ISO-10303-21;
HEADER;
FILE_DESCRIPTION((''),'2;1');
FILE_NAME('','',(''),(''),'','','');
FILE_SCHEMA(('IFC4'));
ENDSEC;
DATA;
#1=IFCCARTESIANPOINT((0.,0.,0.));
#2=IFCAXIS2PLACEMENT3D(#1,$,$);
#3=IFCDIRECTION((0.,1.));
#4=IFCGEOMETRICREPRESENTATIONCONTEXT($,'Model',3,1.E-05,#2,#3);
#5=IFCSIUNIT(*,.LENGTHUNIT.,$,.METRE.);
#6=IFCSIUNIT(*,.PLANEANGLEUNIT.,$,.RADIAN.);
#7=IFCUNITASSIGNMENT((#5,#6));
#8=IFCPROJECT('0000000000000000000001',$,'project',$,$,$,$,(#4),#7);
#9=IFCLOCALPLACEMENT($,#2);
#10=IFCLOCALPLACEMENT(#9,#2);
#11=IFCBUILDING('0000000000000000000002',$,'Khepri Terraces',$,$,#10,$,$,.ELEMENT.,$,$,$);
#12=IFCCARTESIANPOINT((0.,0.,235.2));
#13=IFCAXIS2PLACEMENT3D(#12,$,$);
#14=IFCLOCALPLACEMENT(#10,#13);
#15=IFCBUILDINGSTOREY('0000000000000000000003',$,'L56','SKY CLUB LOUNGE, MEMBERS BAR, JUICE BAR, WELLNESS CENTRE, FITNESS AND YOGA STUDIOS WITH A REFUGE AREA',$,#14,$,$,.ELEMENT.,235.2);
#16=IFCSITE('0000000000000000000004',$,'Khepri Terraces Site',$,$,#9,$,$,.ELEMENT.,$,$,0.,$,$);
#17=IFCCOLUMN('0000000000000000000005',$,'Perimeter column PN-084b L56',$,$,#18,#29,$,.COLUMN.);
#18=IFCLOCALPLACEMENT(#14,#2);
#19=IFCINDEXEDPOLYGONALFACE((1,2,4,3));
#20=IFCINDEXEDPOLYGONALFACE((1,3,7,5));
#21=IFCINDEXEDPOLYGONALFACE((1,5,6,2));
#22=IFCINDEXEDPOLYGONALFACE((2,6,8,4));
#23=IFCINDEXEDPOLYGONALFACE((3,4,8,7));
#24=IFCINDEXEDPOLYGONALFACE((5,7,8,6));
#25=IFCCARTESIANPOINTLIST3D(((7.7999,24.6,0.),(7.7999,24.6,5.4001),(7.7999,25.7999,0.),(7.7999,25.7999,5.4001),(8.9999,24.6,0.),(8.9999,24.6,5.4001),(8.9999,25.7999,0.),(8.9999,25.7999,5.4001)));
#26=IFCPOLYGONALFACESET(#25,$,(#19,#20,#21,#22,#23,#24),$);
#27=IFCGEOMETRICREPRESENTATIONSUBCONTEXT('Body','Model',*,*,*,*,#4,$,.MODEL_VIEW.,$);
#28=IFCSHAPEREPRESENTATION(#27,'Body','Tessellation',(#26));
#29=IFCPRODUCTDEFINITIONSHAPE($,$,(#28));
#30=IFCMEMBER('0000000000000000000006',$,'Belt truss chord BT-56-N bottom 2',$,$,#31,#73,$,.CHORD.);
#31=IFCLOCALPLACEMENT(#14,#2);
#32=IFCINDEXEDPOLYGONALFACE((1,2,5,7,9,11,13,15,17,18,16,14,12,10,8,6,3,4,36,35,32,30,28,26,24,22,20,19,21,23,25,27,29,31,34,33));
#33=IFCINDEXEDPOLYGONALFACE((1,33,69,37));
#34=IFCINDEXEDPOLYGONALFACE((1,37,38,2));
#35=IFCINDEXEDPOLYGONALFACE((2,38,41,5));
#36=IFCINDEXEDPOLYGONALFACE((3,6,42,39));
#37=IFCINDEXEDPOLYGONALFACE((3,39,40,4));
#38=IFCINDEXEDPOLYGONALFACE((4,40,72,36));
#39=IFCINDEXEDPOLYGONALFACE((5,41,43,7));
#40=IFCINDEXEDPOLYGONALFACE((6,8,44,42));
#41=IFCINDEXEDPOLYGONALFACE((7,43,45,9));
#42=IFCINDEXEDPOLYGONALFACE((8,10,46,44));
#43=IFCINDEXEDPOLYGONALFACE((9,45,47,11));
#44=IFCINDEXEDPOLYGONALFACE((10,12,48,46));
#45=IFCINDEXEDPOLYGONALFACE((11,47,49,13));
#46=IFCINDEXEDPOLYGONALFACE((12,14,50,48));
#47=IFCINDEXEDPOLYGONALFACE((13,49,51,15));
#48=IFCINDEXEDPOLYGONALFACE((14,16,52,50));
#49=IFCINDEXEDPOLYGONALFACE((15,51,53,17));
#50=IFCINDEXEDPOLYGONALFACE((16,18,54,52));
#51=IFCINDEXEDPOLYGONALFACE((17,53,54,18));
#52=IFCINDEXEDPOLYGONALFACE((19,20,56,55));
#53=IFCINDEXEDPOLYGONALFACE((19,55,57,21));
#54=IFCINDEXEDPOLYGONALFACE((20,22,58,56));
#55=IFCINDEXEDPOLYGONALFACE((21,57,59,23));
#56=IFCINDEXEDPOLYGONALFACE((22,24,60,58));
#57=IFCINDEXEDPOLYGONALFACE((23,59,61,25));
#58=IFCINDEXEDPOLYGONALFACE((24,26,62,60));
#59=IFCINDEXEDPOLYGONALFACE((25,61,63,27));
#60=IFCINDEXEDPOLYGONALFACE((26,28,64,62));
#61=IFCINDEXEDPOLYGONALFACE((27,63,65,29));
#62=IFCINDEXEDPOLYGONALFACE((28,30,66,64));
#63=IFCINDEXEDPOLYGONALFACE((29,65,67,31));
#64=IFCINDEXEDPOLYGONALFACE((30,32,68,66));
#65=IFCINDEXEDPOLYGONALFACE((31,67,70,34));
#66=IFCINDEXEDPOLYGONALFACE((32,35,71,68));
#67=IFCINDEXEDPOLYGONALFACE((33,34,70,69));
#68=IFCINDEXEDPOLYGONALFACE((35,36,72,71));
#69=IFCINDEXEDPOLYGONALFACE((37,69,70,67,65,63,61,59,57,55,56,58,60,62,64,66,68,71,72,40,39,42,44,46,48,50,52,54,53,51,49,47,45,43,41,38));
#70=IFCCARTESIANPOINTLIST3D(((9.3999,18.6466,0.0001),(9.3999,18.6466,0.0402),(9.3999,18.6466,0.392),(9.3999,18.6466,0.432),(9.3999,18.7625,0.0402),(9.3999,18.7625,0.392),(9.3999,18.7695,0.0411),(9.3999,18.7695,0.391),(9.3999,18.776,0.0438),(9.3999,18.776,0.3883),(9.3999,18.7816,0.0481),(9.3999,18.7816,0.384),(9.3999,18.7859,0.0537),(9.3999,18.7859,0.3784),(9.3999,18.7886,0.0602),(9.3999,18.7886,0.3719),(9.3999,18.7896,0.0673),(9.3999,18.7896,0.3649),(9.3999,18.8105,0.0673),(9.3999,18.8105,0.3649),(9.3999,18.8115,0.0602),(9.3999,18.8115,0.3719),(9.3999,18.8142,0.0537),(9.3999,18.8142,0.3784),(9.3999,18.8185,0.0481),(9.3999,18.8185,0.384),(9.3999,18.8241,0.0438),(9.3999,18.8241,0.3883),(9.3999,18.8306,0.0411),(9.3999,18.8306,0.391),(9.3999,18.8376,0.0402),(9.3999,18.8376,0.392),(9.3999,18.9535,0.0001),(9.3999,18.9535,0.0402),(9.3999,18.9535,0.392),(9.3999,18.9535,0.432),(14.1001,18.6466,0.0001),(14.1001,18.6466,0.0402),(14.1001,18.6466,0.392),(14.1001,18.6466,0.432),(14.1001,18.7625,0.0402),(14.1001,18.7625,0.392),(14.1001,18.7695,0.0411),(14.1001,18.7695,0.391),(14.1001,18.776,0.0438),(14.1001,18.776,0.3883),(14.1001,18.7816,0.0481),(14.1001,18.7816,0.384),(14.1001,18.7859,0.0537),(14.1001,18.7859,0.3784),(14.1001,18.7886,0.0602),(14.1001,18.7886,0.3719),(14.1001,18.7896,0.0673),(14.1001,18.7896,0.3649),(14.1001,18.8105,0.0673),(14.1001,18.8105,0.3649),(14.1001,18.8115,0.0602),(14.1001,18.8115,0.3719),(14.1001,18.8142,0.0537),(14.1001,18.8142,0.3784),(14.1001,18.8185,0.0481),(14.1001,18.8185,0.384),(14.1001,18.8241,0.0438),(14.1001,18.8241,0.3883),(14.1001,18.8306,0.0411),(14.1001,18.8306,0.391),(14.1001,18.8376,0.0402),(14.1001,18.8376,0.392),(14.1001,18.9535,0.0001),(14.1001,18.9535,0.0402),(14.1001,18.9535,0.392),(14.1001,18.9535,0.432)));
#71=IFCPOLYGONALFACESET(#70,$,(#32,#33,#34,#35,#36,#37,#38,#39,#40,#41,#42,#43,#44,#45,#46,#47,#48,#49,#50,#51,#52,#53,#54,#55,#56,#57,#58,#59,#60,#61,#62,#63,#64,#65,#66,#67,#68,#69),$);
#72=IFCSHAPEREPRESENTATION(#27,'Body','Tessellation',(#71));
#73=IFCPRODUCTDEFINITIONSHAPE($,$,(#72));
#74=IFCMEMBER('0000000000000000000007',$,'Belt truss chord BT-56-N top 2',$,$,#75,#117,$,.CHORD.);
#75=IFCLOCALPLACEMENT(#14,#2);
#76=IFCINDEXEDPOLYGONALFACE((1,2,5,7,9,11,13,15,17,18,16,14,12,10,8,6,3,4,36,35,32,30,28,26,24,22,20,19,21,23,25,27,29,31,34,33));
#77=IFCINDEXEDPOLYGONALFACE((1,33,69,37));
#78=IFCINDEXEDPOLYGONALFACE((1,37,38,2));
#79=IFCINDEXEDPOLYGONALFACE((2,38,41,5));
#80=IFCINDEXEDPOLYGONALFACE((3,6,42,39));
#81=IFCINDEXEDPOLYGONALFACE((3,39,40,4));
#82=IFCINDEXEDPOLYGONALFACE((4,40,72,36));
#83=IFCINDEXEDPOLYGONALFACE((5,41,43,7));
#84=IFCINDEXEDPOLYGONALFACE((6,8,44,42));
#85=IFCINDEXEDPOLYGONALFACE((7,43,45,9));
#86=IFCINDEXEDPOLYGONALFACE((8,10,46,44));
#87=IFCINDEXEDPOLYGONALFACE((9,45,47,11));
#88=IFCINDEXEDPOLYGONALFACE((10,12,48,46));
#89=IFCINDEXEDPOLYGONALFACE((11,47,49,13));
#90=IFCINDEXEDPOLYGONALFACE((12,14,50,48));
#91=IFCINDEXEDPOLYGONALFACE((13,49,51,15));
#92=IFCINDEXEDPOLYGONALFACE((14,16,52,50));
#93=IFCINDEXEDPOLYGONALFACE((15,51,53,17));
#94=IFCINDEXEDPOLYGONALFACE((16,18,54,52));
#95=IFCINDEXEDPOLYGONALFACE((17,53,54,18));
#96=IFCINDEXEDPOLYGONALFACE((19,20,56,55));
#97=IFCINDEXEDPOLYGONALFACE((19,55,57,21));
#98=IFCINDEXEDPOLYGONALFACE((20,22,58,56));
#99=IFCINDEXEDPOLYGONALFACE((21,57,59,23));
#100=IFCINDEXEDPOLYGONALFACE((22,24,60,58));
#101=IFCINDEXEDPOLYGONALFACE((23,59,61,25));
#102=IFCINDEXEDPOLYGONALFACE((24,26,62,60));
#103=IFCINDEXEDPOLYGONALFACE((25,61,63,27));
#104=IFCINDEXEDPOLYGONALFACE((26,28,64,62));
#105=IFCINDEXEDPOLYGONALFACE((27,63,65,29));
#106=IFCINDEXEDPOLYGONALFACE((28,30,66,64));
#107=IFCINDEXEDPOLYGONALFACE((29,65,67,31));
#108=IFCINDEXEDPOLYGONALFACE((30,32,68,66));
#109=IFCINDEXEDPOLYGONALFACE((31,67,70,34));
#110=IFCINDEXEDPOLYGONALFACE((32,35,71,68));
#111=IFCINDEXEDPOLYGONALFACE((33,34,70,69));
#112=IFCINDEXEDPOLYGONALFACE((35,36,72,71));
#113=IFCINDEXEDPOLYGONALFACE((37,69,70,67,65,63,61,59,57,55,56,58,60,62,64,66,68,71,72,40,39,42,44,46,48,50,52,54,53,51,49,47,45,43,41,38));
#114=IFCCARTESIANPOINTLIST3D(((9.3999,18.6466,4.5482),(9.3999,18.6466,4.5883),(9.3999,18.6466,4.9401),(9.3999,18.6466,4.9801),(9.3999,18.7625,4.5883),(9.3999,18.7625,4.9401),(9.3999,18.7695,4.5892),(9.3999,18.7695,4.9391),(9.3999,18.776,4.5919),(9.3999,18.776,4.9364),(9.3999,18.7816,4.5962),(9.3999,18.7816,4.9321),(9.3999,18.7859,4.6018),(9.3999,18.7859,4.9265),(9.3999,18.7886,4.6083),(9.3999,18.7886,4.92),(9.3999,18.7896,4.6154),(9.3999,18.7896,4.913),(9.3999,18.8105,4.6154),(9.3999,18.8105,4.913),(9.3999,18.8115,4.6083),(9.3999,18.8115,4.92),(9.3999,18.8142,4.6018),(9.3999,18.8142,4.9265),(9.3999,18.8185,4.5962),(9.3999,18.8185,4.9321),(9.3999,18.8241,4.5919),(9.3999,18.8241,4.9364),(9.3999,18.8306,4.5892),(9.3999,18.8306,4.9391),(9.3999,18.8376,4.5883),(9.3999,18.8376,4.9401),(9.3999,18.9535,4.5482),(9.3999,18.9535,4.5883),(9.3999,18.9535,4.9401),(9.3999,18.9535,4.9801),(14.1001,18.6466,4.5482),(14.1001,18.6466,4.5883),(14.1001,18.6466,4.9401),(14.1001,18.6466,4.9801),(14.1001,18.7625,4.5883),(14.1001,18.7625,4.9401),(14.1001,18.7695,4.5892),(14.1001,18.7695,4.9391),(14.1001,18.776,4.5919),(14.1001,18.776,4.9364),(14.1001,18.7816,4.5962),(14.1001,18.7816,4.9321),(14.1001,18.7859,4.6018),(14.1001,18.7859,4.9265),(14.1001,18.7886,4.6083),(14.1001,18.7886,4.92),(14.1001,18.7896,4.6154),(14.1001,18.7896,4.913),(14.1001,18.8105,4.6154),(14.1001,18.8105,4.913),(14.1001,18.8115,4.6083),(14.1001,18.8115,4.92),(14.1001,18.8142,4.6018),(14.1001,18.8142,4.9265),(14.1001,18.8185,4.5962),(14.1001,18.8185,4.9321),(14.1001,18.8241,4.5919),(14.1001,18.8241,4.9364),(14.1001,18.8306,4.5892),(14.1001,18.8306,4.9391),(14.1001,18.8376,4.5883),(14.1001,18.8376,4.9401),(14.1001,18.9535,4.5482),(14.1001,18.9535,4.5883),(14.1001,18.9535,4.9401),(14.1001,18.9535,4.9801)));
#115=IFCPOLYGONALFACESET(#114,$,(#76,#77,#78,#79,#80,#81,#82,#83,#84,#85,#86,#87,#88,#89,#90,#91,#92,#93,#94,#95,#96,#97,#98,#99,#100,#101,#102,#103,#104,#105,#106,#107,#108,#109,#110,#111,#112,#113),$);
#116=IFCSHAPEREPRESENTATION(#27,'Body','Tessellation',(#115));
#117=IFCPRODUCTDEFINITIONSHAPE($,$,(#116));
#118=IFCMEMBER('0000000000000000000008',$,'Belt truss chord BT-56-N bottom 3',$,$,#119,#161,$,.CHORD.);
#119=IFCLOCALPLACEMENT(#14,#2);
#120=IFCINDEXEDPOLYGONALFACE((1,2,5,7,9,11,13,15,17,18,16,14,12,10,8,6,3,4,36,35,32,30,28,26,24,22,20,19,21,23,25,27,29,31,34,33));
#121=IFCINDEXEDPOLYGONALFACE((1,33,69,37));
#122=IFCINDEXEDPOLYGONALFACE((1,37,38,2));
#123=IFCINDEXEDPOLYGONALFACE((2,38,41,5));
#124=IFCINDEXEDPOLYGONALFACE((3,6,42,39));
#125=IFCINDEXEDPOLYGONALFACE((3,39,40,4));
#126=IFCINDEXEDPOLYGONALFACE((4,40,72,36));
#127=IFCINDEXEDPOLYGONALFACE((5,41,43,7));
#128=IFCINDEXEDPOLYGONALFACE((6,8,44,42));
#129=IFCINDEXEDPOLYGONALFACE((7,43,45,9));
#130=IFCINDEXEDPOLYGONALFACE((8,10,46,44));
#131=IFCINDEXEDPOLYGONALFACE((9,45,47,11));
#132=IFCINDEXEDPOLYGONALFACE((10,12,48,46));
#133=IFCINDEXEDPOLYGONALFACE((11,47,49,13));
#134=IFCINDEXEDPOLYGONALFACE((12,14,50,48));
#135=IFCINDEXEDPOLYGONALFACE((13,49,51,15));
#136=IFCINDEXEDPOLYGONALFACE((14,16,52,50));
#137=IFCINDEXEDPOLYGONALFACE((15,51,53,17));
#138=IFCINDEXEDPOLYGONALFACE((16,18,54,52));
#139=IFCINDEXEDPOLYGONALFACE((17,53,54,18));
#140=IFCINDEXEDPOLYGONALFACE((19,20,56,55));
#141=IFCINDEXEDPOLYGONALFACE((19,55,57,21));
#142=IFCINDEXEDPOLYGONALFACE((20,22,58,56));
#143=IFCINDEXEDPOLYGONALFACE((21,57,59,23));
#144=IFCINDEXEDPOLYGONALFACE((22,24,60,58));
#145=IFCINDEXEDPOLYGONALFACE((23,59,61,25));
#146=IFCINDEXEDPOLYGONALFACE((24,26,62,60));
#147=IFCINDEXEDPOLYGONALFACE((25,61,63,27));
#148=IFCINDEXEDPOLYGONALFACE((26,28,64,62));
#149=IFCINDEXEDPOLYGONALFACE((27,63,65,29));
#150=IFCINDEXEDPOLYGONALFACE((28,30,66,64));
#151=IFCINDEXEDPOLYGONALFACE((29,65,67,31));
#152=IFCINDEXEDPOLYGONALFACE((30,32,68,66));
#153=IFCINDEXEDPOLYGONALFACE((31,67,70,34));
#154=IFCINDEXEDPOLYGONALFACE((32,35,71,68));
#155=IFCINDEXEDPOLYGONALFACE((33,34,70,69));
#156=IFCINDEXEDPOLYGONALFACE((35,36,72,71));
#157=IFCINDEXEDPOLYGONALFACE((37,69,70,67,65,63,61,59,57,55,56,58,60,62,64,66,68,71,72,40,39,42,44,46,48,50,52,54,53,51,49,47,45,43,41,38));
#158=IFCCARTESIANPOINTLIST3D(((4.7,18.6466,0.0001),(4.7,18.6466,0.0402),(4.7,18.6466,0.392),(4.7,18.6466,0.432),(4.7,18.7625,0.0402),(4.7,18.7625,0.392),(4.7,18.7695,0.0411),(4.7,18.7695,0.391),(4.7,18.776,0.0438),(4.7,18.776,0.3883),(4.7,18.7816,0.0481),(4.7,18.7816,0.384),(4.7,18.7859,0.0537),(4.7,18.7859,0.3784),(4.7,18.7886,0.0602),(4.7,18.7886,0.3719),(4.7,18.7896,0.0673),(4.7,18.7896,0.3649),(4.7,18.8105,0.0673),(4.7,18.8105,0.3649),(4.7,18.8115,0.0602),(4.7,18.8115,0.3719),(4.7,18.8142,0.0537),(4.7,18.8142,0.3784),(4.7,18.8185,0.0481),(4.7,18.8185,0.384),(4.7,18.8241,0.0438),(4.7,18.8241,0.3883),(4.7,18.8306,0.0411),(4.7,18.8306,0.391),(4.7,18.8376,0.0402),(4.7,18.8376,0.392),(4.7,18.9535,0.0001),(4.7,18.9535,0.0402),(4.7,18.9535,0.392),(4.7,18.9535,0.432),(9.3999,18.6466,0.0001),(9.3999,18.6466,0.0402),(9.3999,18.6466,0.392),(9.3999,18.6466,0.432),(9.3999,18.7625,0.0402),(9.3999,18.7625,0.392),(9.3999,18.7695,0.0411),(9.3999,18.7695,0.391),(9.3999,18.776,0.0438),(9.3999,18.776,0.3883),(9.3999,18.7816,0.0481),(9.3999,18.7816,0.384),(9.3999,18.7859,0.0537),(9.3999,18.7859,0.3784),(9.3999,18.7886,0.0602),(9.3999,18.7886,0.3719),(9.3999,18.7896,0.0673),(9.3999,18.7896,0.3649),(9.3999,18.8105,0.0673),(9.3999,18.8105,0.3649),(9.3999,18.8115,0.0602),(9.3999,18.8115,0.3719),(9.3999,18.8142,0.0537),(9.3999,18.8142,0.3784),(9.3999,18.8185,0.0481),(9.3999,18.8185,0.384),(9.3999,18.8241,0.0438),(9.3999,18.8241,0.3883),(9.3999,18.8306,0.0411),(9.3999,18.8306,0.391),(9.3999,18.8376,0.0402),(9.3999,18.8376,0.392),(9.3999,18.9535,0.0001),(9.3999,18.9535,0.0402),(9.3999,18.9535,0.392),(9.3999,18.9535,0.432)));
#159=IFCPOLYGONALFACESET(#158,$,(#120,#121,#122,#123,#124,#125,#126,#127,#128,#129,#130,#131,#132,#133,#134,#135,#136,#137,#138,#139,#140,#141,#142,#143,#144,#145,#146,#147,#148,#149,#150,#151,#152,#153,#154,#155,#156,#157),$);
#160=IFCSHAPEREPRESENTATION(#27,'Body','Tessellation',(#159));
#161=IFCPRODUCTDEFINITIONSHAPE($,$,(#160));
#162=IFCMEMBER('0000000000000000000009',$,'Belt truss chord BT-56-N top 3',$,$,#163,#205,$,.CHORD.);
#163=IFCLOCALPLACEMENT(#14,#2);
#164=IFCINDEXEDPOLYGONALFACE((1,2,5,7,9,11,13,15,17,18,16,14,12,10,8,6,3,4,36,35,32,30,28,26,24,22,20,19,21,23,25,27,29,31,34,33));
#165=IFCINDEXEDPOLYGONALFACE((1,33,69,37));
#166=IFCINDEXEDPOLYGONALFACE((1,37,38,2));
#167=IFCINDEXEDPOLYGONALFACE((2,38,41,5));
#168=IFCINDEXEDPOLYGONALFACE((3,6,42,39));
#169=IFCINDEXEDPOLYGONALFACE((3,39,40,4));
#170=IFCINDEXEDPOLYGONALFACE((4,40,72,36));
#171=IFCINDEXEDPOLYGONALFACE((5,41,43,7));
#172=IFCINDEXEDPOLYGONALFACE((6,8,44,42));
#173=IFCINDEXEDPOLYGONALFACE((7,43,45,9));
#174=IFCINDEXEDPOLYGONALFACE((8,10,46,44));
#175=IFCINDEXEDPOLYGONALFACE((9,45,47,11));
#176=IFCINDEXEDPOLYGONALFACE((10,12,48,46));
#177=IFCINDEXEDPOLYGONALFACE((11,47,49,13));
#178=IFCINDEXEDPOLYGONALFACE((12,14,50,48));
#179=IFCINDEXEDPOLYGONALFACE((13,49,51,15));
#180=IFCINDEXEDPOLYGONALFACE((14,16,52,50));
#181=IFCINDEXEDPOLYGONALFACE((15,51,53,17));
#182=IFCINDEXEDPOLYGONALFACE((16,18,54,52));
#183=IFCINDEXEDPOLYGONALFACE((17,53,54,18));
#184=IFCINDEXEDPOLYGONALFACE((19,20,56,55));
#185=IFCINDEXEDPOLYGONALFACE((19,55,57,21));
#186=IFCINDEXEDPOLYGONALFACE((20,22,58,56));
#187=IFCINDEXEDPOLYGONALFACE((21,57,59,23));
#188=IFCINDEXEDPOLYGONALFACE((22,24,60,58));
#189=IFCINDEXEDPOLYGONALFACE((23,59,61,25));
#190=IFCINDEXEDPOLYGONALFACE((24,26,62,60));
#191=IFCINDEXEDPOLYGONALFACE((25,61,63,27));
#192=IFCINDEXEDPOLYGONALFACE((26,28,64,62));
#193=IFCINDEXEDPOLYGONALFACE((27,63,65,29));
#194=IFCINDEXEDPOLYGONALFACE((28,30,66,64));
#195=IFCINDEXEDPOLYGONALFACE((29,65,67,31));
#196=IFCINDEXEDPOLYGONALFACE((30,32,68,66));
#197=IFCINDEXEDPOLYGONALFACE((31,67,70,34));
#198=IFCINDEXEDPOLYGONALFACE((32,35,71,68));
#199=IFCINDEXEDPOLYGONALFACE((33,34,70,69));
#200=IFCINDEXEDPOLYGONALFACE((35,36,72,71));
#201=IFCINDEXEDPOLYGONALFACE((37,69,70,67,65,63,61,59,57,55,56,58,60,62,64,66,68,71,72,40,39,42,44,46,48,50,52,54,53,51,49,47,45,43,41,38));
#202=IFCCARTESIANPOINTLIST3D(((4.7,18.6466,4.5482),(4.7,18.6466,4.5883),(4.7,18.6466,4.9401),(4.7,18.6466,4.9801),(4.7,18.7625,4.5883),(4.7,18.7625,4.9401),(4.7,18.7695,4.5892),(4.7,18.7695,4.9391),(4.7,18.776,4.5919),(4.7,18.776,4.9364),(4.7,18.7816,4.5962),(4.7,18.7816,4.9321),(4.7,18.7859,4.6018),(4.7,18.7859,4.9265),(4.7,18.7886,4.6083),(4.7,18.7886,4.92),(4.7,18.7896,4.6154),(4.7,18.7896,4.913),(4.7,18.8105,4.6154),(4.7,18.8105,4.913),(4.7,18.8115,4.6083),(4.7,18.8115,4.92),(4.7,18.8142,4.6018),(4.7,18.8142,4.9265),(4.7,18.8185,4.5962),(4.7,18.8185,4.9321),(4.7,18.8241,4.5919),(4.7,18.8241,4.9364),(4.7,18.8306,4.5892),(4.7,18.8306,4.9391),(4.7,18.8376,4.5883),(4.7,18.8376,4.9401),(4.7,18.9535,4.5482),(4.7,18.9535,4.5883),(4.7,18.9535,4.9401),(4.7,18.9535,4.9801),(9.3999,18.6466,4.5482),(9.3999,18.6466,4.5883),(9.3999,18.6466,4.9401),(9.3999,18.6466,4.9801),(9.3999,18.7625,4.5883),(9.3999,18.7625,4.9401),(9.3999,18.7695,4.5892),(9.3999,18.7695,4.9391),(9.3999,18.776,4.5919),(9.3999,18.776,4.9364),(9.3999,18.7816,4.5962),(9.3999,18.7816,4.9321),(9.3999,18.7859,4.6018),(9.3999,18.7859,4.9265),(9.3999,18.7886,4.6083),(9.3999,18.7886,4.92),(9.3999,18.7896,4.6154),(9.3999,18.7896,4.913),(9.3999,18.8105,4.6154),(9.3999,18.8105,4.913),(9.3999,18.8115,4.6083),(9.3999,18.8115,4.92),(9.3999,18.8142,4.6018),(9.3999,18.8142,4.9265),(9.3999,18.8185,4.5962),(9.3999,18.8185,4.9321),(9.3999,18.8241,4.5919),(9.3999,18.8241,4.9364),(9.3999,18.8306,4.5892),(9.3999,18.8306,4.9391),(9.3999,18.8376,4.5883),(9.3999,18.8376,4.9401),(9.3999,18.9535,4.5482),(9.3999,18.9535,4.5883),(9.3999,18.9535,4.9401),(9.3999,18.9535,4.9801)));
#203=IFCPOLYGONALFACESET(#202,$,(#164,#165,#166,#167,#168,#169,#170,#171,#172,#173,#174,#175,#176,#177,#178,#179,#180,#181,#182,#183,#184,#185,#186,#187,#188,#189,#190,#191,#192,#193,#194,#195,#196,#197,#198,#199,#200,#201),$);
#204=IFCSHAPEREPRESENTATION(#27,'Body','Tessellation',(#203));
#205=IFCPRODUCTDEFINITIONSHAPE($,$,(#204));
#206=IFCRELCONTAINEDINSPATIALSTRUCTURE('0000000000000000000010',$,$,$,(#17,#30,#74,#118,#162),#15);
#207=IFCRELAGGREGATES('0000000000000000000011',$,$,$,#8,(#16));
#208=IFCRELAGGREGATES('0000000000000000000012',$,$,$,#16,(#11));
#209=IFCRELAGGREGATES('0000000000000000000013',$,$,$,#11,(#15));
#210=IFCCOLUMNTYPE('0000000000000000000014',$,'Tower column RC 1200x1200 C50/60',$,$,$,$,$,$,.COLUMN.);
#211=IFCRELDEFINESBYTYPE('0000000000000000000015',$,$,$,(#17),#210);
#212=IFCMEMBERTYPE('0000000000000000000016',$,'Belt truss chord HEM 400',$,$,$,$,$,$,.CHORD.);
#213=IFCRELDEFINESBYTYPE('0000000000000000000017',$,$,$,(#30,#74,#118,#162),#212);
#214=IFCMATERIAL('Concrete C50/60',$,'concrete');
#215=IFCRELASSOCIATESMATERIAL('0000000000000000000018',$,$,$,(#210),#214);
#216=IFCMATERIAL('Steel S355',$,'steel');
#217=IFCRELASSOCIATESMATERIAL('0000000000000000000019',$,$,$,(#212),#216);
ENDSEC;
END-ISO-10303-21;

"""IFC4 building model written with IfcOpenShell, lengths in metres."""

from ifc_helpers import new_model, si_unit, direction, frame, origin, origin_2d, place, context, subcontext, project, spatial, rectangle, i_section, extrude, material, material_profile, profile_set, type_object, element, save


model = new_model("IFC4")

# Units and contexts
model_context = context("Model", 3, precision=1e-05, world=origin(), true_north=direction((0.0, 1.0)))
body_context = subcontext(model_context, "Body", "Model", "MODEL_VIEW")
ifc_project = project(units=[si_unit("LENGTHUNIT", "METRE"), si_unit("PLANEANGLEUNIT", "RADIAN")], contexts=[model_context])

# Site, building, storey
site_placement = place(None, origin())
site = spatial("IfcSite", under=ifc_project, at=site_placement, Name="Khepri Terraces Site", CompositionType="ELEMENT", RefElevation=0.0)
building_placement = place(site_placement, origin())
building = spatial("IfcBuilding", under=site, at=building_placement, Name="Khepri Terraces", CompositionType="ELEMENT")
storey_placement = place(building_placement, frame((0.0, 0.0, 235.2)))
storey = spatial("IfcBuildingStorey", under=building, at=storey_placement, Name="L56", Description="SKY CLUB LOUNGE, MEMBERS BAR, JUICE BAR, WELLNESS CENTRE, FITNESS AND YOGA STUDIOS WITH A REFUGE AREA", CompositionType="ELEMENT", Elevation=235.2)

# Column
ifc_material_1 = material(Name="Concrete C50/60", Category="concrete")
ifc_material_profile_1 = material_profile(ifc_material_1, rectangle(XDim=1.2, YDim=1.2, at=origin_2d()), Name="Concrete C50/60", Category="concrete")
ifc_profile_set_1 = profile_set([ifc_material_profile_1], Name="Concrete C50/60")
column_type = type_object("IfcColumnType", Name="Tower column RC 1200x1200 C50/60", PredefinedType="COLUMN", material=ifc_profile_set_1)
column_placement = place(storey_placement, frame((8.3999, 25.2, 0.0), z_axis=(0.0, 0.0, 1.0), x_axis=(1.0, 0.0, 0.0)))
element("IfcColumn", 1, at=column_placement, inside=storey, type_object=column_type, Name="Perimeter column PN-084b L56", PredefinedType="COLUMN", context=body_context, shape_type="SweptSolid", body=[
    extrude(rectangle(XDim=1.2, YDim=1.2, at=origin_2d()), origin(), (0.0, 0.0, 1.0), 5.4001),
])

# Members
ifc_material_2 = material(Name="Steel S355", Category="steel")
ifc_material_profile_2 = material_profile(ifc_material_2, i_section(OverallWidth=0.3069, OverallDepth=0.4319, WebThickness=0.021, FlangeThickness=0.04, FilletRadius=0.0271, at=origin_2d()), Name="Steel S355", Category="steel")
ifc_profile_set_2 = profile_set([ifc_material_profile_2], Name="Steel S355")
member_type_1 = type_object("IfcMemberType", Name="Belt truss chord HEM 400", PredefinedType="CHORD", material=ifc_profile_set_2)
for number, where, z_axis, x_axis, name in (
    (2, (14.1001, 18.8, 0.2161), (-1.0, 0.0, 0.0), (0.0, -1.0, 0.0), "Belt truss chord BT-56-N bottom 2"),
    (3, (14.1001, 18.8, 4.7642), (-1.0, 0.0, 0.0), (0.0, -1.0, 0.0), "Belt truss chord BT-56-N top 2"),
):
    element("IfcMember", number, at=place(storey_placement, frame(where, z_axis=z_axis, x_axis=x_axis)), inside=storey, type_object=member_type_1, Name=name, PredefinedType="CHORD", context=body_context, shape_type="SweptSolid", body=[
        extrude(i_section(OverallWidth=0.3069, OverallDepth=0.4319, WebThickness=0.021, FlangeThickness=0.04, FilletRadius=0.0271, at=origin_2d()), origin(), (0.0, 0.0, 1.0), 4.7002),
    ])
for number, where, z_axis, x_axis, name in (
    (4, (9.3999, 18.8, 0.2161), (-1.0, 0.0, 0.0), (0.0, -1.0, 0.0), "Belt truss chord BT-56-N bottom 3"),
    (5, (9.3999, 18.8, 4.7642), (-1.0, 0.0, 0.0), (0.0, -1.0, 0.0), "Belt truss chord BT-56-N top 3"),
):
    element("IfcMember", number, at=place(storey_placement, frame(where, z_axis=z_axis, x_axis=x_axis)), inside=storey, type_object=member_type_1, Name=name, PredefinedType="CHORD", context=body_context, shape_type="SweptSolid", body=[
        extrude(i_section(OverallWidth=0.3069, OverallDepth=0.4319, WebThickness=0.021, FlangeThickness=0.04, FilletRadius=0.0271, at=origin_2d()), origin(), (0.0, 0.0, 1.0), 4.7),
    ])

save(model, "model.ifc")
